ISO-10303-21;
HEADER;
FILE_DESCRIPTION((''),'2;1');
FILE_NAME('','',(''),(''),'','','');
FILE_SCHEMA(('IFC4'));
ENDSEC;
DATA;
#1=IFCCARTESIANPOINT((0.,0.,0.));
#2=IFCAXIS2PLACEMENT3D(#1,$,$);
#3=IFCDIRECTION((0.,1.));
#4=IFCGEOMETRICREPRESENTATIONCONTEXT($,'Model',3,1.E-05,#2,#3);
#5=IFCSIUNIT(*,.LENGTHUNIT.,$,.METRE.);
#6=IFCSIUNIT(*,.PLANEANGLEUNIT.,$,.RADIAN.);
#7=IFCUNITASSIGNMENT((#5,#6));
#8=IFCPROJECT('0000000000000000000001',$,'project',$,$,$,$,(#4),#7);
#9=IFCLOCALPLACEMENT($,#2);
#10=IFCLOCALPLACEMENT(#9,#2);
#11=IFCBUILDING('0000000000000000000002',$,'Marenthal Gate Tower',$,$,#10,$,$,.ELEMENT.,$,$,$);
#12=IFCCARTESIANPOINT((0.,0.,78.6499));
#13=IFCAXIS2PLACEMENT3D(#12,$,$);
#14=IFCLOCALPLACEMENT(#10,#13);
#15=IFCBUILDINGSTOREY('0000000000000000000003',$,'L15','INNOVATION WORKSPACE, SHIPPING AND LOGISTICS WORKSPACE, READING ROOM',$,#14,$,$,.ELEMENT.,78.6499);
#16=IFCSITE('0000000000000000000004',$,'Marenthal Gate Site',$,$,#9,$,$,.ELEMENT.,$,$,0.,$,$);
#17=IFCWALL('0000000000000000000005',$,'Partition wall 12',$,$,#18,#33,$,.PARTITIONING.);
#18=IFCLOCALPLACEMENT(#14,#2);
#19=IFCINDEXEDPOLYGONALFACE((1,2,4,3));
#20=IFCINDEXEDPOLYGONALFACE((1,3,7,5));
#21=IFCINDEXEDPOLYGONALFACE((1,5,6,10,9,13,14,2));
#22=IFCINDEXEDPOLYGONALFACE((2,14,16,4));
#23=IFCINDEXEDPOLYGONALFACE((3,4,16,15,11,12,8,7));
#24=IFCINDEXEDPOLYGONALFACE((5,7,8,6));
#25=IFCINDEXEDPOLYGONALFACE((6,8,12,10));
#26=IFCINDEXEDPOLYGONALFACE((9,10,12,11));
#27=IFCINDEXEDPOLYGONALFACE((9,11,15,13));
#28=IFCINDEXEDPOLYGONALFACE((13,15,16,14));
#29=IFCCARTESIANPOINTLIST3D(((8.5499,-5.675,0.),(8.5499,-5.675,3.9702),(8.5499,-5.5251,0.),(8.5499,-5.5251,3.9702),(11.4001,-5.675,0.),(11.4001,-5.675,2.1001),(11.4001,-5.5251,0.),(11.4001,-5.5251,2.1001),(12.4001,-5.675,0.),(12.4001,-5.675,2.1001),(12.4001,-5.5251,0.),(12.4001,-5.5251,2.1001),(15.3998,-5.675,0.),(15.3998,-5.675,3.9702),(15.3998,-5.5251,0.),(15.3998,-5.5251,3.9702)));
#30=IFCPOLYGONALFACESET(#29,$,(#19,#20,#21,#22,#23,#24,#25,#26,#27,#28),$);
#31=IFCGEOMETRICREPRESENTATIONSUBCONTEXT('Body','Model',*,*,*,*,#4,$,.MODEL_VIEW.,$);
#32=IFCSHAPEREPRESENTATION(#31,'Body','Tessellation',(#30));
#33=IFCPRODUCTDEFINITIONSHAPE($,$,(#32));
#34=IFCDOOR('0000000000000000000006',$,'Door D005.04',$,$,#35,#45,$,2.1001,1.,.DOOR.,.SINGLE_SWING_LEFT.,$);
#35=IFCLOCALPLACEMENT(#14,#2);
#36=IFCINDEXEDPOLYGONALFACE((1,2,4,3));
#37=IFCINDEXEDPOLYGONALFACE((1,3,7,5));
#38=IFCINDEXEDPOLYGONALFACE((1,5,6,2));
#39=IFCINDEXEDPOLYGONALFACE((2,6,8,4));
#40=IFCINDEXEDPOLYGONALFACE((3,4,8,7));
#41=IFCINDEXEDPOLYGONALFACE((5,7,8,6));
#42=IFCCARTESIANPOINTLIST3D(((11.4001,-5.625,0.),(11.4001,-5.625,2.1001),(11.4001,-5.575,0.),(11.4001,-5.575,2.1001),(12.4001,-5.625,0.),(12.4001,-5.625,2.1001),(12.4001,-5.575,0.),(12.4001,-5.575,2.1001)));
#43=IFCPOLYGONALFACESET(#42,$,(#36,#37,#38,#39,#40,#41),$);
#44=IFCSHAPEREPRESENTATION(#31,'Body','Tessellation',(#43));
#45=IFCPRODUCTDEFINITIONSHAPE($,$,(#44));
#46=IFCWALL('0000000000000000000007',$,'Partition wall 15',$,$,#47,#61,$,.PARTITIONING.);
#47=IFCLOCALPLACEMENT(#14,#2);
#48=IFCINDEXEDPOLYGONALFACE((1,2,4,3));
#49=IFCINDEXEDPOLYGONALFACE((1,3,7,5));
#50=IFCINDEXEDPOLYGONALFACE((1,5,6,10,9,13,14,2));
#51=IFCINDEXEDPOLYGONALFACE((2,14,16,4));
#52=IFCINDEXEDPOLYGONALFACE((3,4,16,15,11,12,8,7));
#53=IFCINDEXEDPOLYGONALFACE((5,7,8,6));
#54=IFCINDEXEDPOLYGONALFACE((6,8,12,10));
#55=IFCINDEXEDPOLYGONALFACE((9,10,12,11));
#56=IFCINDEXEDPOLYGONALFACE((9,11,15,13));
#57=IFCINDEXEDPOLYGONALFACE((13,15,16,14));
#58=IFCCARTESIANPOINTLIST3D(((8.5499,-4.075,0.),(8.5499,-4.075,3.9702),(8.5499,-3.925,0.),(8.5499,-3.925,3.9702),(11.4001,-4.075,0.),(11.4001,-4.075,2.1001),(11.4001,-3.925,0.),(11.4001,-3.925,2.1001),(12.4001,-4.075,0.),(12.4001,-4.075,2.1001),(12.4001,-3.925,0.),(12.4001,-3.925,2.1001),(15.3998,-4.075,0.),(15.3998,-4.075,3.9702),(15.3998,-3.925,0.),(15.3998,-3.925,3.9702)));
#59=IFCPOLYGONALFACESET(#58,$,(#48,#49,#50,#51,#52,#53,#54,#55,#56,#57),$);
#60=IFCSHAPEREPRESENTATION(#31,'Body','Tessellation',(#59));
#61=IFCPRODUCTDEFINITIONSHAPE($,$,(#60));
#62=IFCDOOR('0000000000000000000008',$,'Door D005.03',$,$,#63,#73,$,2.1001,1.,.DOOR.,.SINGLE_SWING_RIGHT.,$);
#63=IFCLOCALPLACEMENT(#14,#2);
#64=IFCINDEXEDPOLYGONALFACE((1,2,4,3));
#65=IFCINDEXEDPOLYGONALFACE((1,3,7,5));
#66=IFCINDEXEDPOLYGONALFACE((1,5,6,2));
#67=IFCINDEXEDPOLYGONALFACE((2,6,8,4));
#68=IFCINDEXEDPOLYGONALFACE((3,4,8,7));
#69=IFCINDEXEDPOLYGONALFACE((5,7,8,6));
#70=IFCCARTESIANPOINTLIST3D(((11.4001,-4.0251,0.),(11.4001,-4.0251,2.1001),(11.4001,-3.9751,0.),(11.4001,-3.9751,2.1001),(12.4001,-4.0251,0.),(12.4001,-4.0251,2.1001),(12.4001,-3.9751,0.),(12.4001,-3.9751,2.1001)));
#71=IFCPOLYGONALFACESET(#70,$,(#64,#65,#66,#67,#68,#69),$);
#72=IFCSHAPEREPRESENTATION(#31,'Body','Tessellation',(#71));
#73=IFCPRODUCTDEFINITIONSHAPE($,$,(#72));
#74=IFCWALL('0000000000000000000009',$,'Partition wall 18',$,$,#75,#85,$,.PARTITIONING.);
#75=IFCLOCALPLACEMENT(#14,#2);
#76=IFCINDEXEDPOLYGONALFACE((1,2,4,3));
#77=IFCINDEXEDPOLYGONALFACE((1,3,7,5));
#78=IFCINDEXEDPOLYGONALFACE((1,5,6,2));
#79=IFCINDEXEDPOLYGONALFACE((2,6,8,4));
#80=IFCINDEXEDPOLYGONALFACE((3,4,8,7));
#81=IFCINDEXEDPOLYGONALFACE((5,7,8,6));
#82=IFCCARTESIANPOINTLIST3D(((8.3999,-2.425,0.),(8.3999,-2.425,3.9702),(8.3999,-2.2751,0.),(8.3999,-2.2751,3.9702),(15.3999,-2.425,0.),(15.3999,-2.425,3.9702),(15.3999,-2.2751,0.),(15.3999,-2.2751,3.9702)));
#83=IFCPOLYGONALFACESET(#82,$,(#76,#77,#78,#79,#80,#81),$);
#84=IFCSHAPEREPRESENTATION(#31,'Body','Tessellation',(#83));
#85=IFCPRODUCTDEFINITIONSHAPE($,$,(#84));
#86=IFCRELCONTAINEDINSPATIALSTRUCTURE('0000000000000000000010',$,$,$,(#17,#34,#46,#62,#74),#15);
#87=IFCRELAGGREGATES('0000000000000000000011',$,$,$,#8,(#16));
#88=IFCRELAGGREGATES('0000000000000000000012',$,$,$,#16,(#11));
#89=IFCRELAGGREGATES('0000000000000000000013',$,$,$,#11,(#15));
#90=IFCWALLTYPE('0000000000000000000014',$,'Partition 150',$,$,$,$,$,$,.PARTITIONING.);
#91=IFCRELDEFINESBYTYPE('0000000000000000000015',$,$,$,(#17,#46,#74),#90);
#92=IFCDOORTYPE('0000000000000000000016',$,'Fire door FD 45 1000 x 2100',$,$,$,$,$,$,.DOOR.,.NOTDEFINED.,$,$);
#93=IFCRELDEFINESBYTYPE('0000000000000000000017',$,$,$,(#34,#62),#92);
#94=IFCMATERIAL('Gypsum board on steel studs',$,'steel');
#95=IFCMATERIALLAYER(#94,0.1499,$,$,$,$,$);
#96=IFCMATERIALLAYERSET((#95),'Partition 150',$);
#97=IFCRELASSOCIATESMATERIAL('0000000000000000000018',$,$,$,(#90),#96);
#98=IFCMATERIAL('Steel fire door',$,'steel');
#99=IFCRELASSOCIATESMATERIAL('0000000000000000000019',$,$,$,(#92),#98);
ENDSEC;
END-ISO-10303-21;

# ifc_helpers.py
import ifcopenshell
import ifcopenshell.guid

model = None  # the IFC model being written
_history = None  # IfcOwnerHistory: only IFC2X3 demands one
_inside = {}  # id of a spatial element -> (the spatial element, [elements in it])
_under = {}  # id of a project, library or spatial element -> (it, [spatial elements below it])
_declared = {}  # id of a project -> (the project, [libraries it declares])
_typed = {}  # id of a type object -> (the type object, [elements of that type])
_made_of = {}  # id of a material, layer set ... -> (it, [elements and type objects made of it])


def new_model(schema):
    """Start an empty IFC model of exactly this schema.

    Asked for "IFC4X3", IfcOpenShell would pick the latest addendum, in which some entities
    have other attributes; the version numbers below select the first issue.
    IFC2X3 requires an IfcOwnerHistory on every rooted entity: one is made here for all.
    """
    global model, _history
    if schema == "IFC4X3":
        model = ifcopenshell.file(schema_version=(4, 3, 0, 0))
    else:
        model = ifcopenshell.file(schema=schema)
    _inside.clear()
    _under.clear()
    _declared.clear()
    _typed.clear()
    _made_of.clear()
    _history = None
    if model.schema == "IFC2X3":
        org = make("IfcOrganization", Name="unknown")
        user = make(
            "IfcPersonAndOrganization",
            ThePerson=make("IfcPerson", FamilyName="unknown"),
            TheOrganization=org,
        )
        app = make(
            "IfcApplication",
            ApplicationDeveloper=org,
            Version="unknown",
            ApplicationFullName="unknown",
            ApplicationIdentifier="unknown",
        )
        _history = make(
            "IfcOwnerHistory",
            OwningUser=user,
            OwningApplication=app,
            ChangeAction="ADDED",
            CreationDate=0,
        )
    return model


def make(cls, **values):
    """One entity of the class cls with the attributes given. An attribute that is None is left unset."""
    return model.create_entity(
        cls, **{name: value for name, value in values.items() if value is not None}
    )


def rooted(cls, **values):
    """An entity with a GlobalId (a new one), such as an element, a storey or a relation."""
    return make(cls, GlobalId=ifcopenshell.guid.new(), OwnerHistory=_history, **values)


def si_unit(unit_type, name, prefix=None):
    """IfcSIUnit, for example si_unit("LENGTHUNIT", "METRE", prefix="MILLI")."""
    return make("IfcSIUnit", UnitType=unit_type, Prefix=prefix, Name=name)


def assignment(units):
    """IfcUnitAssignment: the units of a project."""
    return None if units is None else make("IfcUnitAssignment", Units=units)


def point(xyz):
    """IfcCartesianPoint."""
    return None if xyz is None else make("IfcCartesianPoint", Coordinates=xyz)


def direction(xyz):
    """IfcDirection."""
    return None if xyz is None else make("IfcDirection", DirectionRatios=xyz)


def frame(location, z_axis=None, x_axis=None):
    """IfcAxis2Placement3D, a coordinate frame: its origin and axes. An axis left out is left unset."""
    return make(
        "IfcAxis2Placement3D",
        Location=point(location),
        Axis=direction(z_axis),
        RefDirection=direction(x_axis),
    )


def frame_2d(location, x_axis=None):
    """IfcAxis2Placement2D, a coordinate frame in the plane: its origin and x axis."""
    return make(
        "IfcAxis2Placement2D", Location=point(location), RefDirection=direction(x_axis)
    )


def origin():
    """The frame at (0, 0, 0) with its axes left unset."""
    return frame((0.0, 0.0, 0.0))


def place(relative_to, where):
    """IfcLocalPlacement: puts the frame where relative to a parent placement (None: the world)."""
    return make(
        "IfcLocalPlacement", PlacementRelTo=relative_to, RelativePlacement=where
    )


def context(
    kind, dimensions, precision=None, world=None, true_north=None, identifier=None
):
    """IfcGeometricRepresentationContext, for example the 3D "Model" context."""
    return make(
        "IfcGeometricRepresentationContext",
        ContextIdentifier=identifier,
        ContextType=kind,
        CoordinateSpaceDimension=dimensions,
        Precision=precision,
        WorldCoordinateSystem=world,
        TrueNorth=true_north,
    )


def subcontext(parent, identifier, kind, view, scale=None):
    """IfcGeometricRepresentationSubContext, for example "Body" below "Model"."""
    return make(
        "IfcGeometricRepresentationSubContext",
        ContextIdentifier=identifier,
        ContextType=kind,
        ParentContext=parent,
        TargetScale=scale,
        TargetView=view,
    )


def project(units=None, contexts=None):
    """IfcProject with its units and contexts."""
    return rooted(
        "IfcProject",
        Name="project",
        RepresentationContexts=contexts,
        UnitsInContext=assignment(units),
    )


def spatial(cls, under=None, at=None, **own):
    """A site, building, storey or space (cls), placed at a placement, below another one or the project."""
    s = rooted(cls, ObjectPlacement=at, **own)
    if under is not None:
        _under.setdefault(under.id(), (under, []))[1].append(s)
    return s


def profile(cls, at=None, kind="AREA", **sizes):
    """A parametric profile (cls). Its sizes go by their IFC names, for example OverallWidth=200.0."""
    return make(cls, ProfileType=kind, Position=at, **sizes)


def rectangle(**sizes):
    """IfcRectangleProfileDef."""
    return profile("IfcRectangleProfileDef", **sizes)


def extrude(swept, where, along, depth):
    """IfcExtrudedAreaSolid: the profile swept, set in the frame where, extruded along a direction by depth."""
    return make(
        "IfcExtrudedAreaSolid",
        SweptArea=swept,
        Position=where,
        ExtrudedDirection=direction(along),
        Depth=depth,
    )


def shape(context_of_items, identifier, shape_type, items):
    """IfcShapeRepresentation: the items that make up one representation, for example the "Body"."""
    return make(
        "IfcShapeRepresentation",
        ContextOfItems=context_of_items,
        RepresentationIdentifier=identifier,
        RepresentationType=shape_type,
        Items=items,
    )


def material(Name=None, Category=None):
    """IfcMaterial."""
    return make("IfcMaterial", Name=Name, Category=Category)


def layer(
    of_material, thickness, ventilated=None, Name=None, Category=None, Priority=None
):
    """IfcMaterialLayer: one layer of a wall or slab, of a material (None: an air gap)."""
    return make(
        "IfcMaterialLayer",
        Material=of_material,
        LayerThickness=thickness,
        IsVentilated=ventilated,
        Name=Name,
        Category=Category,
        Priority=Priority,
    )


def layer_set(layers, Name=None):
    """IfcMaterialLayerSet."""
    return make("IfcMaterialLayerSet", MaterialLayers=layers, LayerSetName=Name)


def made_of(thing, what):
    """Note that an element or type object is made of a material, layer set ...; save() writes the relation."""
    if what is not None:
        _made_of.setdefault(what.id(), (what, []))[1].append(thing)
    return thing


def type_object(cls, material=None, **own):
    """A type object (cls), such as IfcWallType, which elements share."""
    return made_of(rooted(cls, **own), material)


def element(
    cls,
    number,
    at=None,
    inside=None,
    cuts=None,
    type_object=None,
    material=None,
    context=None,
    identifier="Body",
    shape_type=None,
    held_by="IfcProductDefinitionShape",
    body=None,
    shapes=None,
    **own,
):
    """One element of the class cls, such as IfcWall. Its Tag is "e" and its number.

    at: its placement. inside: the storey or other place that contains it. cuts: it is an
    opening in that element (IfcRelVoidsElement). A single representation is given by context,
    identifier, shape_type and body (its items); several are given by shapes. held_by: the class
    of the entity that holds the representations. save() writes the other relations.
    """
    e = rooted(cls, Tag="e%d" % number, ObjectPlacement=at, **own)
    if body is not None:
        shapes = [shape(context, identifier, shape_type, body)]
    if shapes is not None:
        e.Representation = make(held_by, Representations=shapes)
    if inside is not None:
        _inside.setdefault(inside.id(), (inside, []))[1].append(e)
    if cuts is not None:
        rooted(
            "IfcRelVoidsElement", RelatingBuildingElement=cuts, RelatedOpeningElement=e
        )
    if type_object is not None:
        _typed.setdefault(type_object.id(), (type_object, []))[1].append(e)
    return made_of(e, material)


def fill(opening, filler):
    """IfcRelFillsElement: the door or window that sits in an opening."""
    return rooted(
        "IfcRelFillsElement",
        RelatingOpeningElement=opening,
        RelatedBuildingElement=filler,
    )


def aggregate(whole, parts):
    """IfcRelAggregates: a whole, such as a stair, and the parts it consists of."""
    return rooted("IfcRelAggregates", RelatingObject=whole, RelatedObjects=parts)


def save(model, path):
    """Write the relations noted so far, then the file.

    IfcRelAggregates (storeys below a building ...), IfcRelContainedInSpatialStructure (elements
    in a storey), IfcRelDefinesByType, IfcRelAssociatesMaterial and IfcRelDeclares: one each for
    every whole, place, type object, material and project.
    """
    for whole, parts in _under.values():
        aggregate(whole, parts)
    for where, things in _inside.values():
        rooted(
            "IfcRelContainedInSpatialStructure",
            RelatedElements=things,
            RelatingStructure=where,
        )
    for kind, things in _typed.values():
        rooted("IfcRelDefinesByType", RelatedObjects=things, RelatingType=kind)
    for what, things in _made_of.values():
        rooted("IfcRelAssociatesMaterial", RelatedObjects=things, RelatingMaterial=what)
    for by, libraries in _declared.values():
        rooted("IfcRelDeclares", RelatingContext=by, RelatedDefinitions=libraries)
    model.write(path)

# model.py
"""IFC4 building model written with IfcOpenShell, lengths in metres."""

from ifc_helpers import new_model, si_unit, direction, frame, frame_2d, origin, place, context, subcontext, project, spatial, rectangle, extrude, material, layer, layer_set, type_object, element, fill, save


model = new_model("IFC4")

# Units and contexts
model_context = context("Model", 3, precision=1e-05, world=origin(), true_north=direction((0.0, 1.0)))
body_context = subcontext(model_context, "Body", "Model", "MODEL_VIEW")
ifc_project = project(units=[si_unit("LENGTHUNIT", "METRE"), si_unit("PLANEANGLEUNIT", "RADIAN")], contexts=[model_context])

# Site, building, storey
site_placement = place(None, origin())
site = spatial("IfcSite", under=ifc_project, at=site_placement, Name="Marenthal Gate Site", CompositionType="ELEMENT", RefElevation=0.0)
building_placement = place(site_placement, origin())
building = spatial("IfcBuilding", under=site, at=building_placement, Name="Marenthal Gate Tower", CompositionType="ELEMENT")
storey_placement = place(building_placement, frame((0.0, 0.0, 78.6499)))
storey = spatial("IfcBuildingStorey", under=building, at=storey_placement, Name="L15", Description="INNOVATION WORKSPACE, SHIPPING AND LOGISTICS WORKSPACE, READING ROOM", CompositionType="ELEMENT", Elevation=78.6499)

# Walls, openings, doors
ifc_material_1 = material(Name="Gypsum board on steel studs", Category="steel")
ifc_layer_1 = layer(ifc_material_1, 0.1499)
ifc_layer_set_1 = layer_set([ifc_layer_1], Name="Partition 150")
wall_type_1 = type_object("IfcWallType", Name="Partition 150", PredefinedType="PARTITIONING", material=ifc_layer_set_1)
wall_1_placement = place(storey_placement, frame((8.55, -5.6001, 0.0), z_axis=(0.0, 0.0, 1.0), x_axis=(1.0, 0.0, 0.0)))
wall_1 = element("IfcWall", 1, at=wall_1_placement, inside=storey, type_object=wall_type_1, Name="Partition wall 12", PredefinedType="PARTITIONING", context=body_context, shape_type="SweptSolid", body=[
    extrude(rectangle(XDim=6.8499, YDim=0.1499, at=frame_2d((3.4248, 0.0))), origin(), (0.0, 0.0, 1.0), 3.9702),
])
opening_1_placement = place(wall_1_placement, frame((2.8501, 0.0, 0.0)))
opening_1 = element("IfcOpeningElement", 2, at=opening_1_placement, cuts=wall_1, PredefinedType="OPENING", context=body_context, shape_type="SweptSolid", body=[
    extrude(rectangle(XDim=1.0, YDim=2.1001, at=frame_2d((0.5, 1.05))), frame((0.0, 0.085, 0.0), z_axis=(0.0, -1.0, 0.0), x_axis=(1.0, 0.0, 0.0)), (0.0, 0.0, 1.0), 0.1699),
])
ifc_material_2 = material(Name="Steel fire door", Category="steel")
door_type = type_object("IfcDoorType", Name="Fire door FD 45 1000 x 2100", OperationType="NOTDEFINED", PredefinedType="DOOR", material=ifc_material_2)
door_1_placement = place(opening_1_placement, frame((1.0, 0.0, 0.0), z_axis=(0.0, 0.0, 1.0), x_axis=(-1.0, 0.0, 0.0)))
door_1 = element("IfcDoor", 3, at=door_1_placement, inside=storey, type_object=door_type, Name="Door D005.04", OperationType="SINGLE_SWING_LEFT", OverallHeight=2.1001, OverallWidth=1.0, PredefinedType="DOOR", context=body_context, shape_type="SweptSolid", body=[
    extrude(rectangle(XDim=1.0, YDim=2.1001, at=frame_2d((0.5, 1.05))), frame((0.0, 0.0249, 0.0), z_axis=(0.0, -1.0, 0.0), x_axis=(1.0, 0.0, 0.0)), (0.0, 0.0, 1.0), 0.05),
])
fill(opening_1, door_1)
wall_2_placement = place(storey_placement, frame((8.55, -4.0, 0.0), z_axis=(0.0, 0.0, 1.0), x_axis=(1.0, 0.0, 0.0)))
wall_2 = element("IfcWall", 4, at=wall_2_placement, inside=storey, type_object=wall_type_1, Name="Partition wall 15", PredefinedType="PARTITIONING", context=body_context, shape_type="SweptSolid", body=[
    extrude(rectangle(XDim=6.8499, YDim=0.1499, at=frame_2d((3.4248, 0.0))), origin(), (0.0, 0.0, 1.0), 3.9702),
])
opening_2_placement = place(wall_2_placement, frame((2.8501, 0.0, 0.0)))
opening_2 = element("IfcOpeningElement", 5, at=opening_2_placement, cuts=wall_2, PredefinedType="OPENING", context=body_context, shape_type="SweptSolid", body=[
    extrude(rectangle(XDim=1.0, YDim=2.1001, at=frame_2d((0.5, 1.05))), frame((0.0, 0.085, 0.0), z_axis=(0.0, -1.0, 0.0), x_axis=(1.0, 0.0, 0.0)), (0.0, 0.0, 1.0), 0.1699),
])
door_2_placement = place(opening_2_placement, origin())
door_2 = element("IfcDoor", 6, at=door_2_placement, inside=storey, type_object=door_type, Name="Door D005.03", OperationType="SINGLE_SWING_RIGHT", OverallHeight=2.1001, OverallWidth=1.0, PredefinedType="DOOR", context=body_context, shape_type="SweptSolid", body=[
    extrude(rectangle(XDim=1.0, YDim=2.1001, at=frame_2d((0.5, 1.05))), frame((0.0, 0.0249, 0.0), z_axis=(0.0, -1.0, 0.0), x_axis=(1.0, 0.0, 0.0)), (0.0, 0.0, 1.0), 0.05),
])
fill(opening_2, door_2)

# Wall
wall_3_placement = place(storey_placement, frame((8.3999, -2.3501, 0.0), z_axis=(0.0, 0.0, 1.0), x_axis=(1.0, 0.0, 0.0)))
element("IfcWall", 7, at=wall_3_placement, inside=storey, type_object=wall_type_1, Name="Partition wall 18", PredefinedType="PARTITIONING", context=body_context, shape_type="SweptSolid", body=[
    extrude(rectangle(XDim=7.0, YDim=0.1499, at=frame_2d((3.5, 0.0))), origin(), (0.0, 0.0, 1.0), 3.9702),
])

save(model, "model.ifc")
